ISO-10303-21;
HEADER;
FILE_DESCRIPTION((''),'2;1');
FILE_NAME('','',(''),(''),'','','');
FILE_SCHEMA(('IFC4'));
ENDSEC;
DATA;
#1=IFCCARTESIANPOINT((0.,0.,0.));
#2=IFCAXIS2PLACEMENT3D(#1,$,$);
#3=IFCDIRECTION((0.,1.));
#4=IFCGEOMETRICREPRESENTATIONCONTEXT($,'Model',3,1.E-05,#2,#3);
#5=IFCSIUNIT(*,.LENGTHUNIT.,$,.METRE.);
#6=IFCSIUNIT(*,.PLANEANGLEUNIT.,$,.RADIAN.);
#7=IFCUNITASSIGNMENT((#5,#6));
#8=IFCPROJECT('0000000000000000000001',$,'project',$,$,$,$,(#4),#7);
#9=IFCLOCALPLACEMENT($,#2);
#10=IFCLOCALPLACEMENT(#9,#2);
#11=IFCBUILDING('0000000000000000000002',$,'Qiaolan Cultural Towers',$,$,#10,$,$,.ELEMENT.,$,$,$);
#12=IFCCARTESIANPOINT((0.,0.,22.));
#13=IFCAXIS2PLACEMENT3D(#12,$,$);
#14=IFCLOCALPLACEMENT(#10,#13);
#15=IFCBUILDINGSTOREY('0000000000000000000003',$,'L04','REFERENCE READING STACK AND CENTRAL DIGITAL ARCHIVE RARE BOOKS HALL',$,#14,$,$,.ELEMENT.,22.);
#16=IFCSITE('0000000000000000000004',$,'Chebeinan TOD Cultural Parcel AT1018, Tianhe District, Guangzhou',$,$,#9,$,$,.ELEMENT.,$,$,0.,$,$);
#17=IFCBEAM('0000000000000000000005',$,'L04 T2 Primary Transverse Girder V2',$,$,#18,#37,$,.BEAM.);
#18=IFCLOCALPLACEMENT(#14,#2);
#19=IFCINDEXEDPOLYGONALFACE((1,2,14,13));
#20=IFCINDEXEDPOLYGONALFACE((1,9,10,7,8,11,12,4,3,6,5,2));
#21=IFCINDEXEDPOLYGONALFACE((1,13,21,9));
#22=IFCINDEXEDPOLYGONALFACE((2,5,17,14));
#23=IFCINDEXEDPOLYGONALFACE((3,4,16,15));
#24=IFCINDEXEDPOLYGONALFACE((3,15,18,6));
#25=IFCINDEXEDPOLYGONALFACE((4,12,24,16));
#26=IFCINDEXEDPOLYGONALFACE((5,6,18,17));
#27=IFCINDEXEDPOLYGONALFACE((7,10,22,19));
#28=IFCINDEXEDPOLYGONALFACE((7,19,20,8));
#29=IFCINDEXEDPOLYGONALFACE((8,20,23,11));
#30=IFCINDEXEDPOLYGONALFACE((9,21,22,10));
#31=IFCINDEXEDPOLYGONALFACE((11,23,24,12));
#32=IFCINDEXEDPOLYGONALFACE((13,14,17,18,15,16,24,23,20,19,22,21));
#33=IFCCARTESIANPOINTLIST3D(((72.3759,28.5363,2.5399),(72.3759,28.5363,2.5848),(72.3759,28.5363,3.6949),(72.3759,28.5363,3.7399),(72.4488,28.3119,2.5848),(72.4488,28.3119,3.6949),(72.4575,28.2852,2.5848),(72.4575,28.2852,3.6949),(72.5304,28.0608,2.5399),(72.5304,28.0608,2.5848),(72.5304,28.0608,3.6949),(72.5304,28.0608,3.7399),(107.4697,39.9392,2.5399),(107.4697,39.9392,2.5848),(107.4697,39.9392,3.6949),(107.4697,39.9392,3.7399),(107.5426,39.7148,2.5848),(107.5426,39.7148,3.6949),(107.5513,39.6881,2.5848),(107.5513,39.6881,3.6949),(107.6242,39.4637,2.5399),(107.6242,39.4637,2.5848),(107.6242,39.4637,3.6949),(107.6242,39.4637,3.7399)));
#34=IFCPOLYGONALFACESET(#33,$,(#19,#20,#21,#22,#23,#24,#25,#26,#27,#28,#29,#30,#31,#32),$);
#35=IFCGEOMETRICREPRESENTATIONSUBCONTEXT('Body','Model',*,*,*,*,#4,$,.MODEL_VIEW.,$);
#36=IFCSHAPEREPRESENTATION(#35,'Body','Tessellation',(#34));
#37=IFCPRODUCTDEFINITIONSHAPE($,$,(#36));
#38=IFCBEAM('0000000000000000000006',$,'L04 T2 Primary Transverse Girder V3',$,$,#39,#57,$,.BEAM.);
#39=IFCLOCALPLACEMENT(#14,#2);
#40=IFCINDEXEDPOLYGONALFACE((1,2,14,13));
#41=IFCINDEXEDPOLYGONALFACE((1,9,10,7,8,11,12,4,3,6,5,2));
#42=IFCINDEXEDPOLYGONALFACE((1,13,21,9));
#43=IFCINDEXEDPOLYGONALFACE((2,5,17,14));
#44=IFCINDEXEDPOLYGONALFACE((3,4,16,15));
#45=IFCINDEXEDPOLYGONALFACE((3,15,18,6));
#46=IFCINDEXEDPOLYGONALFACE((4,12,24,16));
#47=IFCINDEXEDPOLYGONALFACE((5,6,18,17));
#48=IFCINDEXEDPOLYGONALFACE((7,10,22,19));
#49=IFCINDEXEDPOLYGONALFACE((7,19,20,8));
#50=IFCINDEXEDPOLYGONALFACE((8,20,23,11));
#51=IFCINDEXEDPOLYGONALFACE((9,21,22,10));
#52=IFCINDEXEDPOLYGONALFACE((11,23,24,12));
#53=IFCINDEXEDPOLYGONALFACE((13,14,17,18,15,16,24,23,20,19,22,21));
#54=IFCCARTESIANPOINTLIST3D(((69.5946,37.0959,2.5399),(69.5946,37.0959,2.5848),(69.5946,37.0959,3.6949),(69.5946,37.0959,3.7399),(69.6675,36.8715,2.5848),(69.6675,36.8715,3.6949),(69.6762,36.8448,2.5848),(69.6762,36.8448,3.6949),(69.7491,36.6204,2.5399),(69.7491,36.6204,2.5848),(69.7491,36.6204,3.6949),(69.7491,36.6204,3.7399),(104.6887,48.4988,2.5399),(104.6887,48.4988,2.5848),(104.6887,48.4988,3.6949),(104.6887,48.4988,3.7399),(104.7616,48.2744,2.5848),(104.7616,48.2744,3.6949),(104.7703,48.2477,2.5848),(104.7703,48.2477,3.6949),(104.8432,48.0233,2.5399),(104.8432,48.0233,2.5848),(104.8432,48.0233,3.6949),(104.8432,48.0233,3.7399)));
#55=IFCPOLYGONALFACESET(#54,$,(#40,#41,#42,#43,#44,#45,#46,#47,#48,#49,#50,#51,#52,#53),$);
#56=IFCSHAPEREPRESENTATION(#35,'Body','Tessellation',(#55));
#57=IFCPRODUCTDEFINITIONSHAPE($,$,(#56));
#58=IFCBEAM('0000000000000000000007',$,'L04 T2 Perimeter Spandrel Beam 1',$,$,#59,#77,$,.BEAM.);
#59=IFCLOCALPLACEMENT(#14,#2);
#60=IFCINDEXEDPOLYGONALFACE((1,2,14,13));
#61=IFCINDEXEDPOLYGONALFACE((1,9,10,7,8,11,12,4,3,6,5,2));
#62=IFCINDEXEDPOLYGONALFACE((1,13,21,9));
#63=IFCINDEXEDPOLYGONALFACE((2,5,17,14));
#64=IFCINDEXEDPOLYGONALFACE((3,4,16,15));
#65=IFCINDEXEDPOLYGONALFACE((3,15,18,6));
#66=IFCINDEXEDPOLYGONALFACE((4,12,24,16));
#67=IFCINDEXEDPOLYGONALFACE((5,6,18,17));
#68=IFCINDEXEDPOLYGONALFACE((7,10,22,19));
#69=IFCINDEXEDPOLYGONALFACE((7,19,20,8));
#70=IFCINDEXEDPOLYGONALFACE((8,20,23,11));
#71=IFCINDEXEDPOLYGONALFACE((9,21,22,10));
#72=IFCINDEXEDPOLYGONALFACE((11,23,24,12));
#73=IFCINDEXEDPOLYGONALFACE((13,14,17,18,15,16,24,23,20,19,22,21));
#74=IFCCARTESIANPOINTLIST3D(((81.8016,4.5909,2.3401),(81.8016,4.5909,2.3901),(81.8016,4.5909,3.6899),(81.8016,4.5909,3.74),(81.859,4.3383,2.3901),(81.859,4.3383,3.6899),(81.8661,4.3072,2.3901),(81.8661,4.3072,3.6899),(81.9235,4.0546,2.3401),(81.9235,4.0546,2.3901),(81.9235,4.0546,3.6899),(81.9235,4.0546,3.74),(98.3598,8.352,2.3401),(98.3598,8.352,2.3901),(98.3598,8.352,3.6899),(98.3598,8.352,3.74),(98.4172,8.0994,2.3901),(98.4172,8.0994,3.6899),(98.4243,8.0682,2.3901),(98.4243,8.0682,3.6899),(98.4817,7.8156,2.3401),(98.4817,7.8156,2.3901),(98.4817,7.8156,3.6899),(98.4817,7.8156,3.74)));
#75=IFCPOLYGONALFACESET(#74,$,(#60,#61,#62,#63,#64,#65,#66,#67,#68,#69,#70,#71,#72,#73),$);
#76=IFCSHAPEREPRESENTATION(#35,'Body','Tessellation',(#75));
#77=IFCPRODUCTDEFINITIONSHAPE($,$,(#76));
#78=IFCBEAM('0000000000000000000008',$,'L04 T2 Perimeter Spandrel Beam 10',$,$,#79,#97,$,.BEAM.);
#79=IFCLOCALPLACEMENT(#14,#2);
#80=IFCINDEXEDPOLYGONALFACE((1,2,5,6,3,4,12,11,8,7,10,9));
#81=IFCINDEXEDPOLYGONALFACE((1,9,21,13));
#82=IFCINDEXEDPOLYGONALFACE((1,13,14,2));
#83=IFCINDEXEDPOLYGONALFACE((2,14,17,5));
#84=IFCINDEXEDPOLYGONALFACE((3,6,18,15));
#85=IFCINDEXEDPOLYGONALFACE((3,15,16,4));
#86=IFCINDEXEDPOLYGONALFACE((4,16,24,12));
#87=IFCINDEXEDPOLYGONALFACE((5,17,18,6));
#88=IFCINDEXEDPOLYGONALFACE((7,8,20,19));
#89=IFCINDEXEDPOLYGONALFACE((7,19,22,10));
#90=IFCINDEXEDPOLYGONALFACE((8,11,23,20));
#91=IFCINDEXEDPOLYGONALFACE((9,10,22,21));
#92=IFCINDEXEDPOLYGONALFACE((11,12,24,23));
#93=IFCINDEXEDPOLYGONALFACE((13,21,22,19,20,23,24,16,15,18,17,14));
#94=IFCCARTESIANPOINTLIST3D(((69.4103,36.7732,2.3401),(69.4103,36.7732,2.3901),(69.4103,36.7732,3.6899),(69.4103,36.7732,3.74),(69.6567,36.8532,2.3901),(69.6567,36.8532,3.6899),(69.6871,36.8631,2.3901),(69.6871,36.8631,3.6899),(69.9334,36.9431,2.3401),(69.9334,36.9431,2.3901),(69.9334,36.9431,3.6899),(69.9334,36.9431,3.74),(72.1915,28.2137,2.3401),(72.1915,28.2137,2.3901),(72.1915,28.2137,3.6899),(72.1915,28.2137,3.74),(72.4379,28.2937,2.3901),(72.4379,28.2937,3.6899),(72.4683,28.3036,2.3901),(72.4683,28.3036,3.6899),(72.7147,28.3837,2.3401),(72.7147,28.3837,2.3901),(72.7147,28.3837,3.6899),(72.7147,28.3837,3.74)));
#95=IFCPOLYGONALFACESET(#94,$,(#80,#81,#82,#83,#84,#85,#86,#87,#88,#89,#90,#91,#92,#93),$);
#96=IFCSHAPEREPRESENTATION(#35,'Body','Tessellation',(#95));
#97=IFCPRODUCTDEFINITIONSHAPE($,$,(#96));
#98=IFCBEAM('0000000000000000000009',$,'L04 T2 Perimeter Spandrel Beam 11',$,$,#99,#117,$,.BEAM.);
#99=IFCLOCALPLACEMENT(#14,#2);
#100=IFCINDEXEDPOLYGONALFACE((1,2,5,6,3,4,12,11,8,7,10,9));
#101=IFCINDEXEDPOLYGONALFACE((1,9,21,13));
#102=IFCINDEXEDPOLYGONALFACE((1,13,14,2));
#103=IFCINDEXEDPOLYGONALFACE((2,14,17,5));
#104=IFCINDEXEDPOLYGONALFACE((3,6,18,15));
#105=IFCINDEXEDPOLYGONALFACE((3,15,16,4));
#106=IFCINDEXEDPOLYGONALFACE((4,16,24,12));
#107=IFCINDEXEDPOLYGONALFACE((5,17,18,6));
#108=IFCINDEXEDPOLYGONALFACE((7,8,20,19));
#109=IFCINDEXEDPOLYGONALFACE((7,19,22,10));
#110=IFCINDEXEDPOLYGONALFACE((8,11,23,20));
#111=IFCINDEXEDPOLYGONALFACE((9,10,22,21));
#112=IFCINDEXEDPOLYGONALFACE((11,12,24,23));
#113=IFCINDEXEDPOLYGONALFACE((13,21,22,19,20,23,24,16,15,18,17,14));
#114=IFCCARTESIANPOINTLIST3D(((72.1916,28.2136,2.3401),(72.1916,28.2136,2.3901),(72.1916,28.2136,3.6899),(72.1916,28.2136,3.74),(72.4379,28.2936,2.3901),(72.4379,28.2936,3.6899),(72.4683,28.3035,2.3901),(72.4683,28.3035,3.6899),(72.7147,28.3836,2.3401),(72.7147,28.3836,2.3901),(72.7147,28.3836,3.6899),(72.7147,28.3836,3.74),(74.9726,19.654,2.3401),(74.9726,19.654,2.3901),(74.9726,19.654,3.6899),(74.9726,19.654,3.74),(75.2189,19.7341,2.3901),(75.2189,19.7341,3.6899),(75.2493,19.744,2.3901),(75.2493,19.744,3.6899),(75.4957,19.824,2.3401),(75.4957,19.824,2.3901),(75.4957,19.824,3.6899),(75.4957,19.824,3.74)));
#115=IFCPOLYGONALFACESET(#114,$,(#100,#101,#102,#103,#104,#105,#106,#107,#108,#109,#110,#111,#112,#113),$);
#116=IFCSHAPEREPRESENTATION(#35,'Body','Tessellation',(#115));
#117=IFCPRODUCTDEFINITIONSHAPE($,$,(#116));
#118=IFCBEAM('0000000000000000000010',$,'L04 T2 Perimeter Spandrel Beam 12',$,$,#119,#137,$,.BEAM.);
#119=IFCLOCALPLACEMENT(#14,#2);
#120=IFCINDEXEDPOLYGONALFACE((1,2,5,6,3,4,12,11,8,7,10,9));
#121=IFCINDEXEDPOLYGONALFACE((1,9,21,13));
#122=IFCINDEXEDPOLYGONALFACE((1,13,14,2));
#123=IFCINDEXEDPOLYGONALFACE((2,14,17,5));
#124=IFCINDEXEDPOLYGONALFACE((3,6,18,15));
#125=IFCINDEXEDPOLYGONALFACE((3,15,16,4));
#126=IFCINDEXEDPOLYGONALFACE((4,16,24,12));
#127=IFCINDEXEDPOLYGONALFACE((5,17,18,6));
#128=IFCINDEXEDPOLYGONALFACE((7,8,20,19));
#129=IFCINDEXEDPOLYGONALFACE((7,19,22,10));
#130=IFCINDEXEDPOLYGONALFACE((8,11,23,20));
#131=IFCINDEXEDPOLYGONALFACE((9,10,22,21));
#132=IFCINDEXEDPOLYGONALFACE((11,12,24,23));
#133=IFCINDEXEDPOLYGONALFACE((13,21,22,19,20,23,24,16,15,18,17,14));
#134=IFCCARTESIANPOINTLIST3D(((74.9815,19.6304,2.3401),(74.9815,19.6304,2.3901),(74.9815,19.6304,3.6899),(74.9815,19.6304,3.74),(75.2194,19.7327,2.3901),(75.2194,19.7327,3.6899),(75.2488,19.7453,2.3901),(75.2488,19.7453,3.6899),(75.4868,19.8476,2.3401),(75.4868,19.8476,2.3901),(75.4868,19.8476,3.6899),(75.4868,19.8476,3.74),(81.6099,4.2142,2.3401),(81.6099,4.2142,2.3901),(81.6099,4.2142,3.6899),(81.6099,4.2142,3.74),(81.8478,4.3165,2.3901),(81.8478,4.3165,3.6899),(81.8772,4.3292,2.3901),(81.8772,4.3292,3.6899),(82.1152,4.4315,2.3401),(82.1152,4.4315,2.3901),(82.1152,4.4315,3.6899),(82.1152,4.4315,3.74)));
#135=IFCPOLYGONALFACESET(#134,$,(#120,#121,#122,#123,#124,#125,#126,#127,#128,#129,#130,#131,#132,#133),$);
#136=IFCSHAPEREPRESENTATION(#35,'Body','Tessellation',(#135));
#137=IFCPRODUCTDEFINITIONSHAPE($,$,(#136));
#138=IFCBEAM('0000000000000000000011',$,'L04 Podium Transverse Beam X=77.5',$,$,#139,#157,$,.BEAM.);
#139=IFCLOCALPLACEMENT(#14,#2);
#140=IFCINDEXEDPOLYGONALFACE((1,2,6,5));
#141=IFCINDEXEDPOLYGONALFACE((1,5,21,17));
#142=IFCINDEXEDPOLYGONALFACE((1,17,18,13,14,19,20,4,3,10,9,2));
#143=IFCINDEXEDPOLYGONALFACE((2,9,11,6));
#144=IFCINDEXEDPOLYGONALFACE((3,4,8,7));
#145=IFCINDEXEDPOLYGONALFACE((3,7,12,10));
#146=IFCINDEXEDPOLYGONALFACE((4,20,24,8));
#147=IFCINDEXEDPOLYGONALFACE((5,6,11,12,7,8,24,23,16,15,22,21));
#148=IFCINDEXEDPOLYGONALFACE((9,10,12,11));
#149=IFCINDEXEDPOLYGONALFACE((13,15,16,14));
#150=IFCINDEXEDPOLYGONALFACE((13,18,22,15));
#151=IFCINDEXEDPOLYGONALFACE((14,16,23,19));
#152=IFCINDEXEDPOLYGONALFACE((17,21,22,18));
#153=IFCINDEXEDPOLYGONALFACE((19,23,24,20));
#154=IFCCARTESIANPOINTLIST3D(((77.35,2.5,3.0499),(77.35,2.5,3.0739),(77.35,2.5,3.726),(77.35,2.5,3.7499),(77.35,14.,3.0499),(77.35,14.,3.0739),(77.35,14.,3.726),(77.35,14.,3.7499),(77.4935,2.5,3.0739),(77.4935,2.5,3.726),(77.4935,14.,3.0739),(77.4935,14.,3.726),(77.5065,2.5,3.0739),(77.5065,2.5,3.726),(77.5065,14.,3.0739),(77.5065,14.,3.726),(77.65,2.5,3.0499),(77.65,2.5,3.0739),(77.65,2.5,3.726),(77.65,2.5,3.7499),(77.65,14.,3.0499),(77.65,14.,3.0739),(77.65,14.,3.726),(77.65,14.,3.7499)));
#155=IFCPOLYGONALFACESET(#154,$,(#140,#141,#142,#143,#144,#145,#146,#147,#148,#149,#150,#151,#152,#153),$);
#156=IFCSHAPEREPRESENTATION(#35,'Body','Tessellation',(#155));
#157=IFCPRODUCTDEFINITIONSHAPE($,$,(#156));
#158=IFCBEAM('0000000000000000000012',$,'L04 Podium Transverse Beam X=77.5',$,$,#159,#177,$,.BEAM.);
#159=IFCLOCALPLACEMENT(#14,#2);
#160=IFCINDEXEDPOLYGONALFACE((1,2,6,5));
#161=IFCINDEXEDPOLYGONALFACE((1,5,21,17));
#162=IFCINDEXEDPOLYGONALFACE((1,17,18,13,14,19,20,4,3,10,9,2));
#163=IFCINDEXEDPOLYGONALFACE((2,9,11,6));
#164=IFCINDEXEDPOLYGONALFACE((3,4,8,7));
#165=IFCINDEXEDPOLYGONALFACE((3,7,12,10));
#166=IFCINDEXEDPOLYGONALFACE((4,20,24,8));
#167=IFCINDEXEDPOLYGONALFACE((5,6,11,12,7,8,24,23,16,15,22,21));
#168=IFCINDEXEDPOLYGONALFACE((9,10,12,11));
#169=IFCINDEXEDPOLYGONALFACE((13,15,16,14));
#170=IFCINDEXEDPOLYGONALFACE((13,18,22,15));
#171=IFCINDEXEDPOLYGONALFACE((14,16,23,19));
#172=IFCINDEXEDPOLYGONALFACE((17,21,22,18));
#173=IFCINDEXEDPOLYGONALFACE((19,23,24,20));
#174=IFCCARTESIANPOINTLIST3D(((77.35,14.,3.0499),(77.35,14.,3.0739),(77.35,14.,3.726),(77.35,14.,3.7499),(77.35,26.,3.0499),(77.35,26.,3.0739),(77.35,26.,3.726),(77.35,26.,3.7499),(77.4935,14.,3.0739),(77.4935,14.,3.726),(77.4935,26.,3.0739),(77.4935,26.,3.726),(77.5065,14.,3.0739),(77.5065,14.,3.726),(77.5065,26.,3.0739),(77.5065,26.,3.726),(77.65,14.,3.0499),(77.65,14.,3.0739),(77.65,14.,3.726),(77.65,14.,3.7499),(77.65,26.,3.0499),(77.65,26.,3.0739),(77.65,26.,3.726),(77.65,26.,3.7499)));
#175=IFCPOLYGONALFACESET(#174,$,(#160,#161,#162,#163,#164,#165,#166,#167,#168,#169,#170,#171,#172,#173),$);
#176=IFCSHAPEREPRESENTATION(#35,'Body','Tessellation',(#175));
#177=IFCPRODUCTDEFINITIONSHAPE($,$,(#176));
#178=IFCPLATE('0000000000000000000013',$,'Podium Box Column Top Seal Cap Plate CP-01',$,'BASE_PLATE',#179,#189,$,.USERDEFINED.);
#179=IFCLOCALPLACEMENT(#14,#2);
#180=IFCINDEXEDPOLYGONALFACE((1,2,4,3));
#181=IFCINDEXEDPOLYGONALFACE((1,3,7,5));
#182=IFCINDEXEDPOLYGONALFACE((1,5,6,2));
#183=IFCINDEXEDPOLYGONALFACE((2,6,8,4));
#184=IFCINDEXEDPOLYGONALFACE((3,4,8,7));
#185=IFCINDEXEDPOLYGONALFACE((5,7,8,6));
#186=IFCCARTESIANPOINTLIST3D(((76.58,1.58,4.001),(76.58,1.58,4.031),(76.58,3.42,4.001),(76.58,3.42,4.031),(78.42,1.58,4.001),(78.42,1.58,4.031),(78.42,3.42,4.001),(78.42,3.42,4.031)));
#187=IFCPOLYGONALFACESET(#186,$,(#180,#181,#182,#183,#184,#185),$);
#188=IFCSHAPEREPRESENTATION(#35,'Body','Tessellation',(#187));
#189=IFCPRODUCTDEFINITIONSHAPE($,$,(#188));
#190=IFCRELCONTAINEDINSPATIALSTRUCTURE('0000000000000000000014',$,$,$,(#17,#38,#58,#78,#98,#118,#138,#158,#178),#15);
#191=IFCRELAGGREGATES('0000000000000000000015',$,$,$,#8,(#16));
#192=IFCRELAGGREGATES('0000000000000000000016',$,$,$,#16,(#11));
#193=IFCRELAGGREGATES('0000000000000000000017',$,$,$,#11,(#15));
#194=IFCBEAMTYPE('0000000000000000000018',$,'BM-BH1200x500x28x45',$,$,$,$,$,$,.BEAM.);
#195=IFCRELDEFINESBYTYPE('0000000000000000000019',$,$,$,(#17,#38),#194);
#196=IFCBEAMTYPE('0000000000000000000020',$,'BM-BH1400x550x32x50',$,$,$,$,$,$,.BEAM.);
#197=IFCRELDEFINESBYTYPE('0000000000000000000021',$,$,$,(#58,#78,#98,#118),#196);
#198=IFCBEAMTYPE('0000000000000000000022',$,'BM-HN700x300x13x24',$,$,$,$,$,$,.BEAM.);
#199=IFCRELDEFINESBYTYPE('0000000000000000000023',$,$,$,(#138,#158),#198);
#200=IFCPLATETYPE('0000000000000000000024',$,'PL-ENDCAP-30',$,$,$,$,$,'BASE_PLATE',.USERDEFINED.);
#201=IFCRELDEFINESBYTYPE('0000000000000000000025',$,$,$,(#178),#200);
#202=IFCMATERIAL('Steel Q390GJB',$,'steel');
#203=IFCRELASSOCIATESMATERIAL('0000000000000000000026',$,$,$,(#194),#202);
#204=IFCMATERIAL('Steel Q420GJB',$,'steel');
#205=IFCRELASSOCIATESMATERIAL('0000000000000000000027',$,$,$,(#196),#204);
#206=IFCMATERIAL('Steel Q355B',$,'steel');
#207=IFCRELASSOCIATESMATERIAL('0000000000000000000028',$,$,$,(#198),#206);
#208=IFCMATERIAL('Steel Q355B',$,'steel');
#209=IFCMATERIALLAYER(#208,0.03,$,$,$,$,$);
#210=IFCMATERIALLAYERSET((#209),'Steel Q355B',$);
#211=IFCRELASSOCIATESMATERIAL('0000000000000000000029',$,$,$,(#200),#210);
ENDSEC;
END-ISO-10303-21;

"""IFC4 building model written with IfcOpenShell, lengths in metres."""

from ifc_helpers import new_model, si_unit, direction, frame, origin, origin_2d, place, context, subcontext, project, spatial, rectangle, i_section, extrude, material, layer, layer_set, material_profile, profile_set, type_object, element, save


model = new_model("IFC4")

# Units and contexts
model_context = context("Model", 3, precision=1e-05, world=origin(), true_north=direction((0.0, 1.0)))
body_context = subcontext(model_context, "Body", "Model", "MODEL_VIEW")
ifc_project = project(units=[si_unit("LENGTHUNIT", "METRE"), si_unit("PLANEANGLEUNIT", "RADIAN")], contexts=[model_context])

# Site, building, storey
site_placement = place(None, origin())
site = spatial("IfcSite", under=ifc_project, at=site_placement, Name="Chebeinan TOD Cultural Parcel AT1018, Tianhe District, Guangzhou", CompositionType="ELEMENT", RefElevation=0.0)
building_placement = place(site_placement, origin())
building = spatial("IfcBuilding", under=site, at=building_placement, Name="Qiaolan Cultural Towers", CompositionType="ELEMENT")
storey_placement = place(building_placement, frame((0.0, 0.0, 22.0)))
storey = spatial("IfcBuildingStorey", under=building, at=storey_placement, Name="L04", Description="REFERENCE READING STACK AND CENTRAL DIGITAL ARCHIVE RARE BOOKS HALL", CompositionType="ELEMENT", Elevation=22.0)

# Beams
ifc_material_1 = material(Name="Steel Q390GJB", Category="steel")
ifc_material_profile_1 = material_profile(ifc_material_1, i_section(OverallWidth=0.5, OverallDepth=1.2, WebThickness=0.0281, FlangeThickness=0.0449, at=origin_2d()), Name="BH1200x500x28x45")
ifc_profile_set_1 = profile_set([ifc_material_profile_1], Name="Steel Q390GJB")
beam_type_1 = type_object("IfcBeamType", Name="BM-BH1200x500x28x45", PredefinedType="BEAM", material=ifc_profile_set_1)
beam_1_placement = place(storey_placement, frame((72.4531, 28.2986, 3.1399), z_axis=(0.951055, 0.309021, 0.0), x_axis=(-0.309021, 0.951055, 0.0)))
element("IfcBeam", 1, at=beam_1_placement, inside=storey, type_object=beam_type_1, Name="L04 T2 Primary Transverse Girder V2", PredefinedType="BEAM", context=body_context, shape_type="SweptSolid", body=[
    extrude(i_section(OverallWidth=0.5, OverallDepth=1.2, WebThickness=0.0281, FlangeThickness=0.0449, at=origin_2d()), origin(), (0.0, 0.0, 1.0), 36.8999),
])
beam_2_placement = place(storey_placement, frame((69.6719, 36.8582, 3.1399), z_axis=(0.951056, 0.309019, 0.0), x_axis=(-0.309019, 0.951056, 0.0)))
element("IfcBeam", 2, at=beam_2_placement, inside=storey, type_object=beam_type_1, Name="L04 T2 Primary Transverse Girder V3", PredefinedType="BEAM", context=body_context, shape_type="SweptSolid", body=[
    extrude(i_section(OverallWidth=0.5, OverallDepth=1.2, WebThickness=0.0281, FlangeThickness=0.0449, at=origin_2d()), origin(), (0.0, 0.0, 1.0), 36.9001),
])
ifc_material_2 = material(Name="Steel Q420GJB", Category="steel")
ifc_material_profile_2 = material_profile(ifc_material_2, i_section(OverallWidth=0.55, OverallDepth=1.3999, WebThickness=0.032, FlangeThickness=0.05, at=origin_2d()), Name="BH1400x550x32x50")
ifc_profile_set_2 = profile_set([ifc_material_profile_2], Name="Steel Q420GJB")
beam_type_2 = type_object("IfcBeamType", Name="BM-BH1400x550x32x50", PredefinedType="BEAM", material=ifc_profile_set_2)
beam_3_placement = place(storey_placement, frame((81.8625, 4.3228, 3.04), z_axis=(0.975161, 0.221497, 0.0), x_axis=(-0.221497, 0.975161, 0.0)))
element("IfcBeam", 3, at=beam_3_placement, inside=storey, type_object=beam_type_2, Name="L04 T2 Perimeter Spandrel Beam 1", PredefinedType="BEAM", context=body_context, shape_type="SweptSolid", body=[
    extrude(i_section(OverallWidth=0.55, OverallDepth=1.3999, WebThickness=0.032, FlangeThickness=0.05, at=origin_2d()), origin(), (0.0, 0.0, 1.0), 16.98),
])
for number, where, z_axis, x_axis, name in (
    (4, (69.6719, 36.8582, 3.04), (0.309025, -0.951054, 0.0), (0.951054, 0.309025, 0.0), "L04 T2 Perimeter Spandrel Beam 10"),
    (5, (72.4531, 28.2986, 3.04), (0.309, -0.951062, 0.0), (0.951062, 0.309, 0.0), "L04 T2 Perimeter Spandrel Beam 11"),
):
    element("IfcBeam", number, at=place(storey_placement, frame(where, z_axis=z_axis, x_axis=x_axis)), inside=storey, type_object=beam_type_2, Name=name, PredefinedType="BEAM", context=body_context, shape_type="SweptSolid", body=[
        extrude(i_section(OverallWidth=0.55, OverallDepth=1.3999, WebThickness=0.032, FlangeThickness=0.05, at=origin_2d()), origin(), (0.0, 0.0, 1.0), 9.0),
    ])
beam_4_placement = place(storey_placement, frame((75.2341, 19.739, 3.04), z_axis=(0.394999, -0.918682, 0.0), x_axis=(0.918682, 0.394999, 0.0)))
element("IfcBeam", 6, at=beam_4_placement, inside=storey, type_object=beam_type_2, Name="L04 T2 Perimeter Spandrel Beam 12", PredefinedType="BEAM", context=body_context, shape_type="SweptSolid", body=[
    extrude(i_section(OverallWidth=0.55, OverallDepth=1.3999, WebThickness=0.032, FlangeThickness=0.05, at=origin_2d()), origin(), (0.0, 0.0, 1.0), 16.7808),
])
ifc_material_3 = material(Name="Steel Q355B", Category="steel")
ifc_material_profile_3 = material_profile(ifc_material_3, i_section(OverallWidth=0.3, OverallDepth=0.7, WebThickness=0.0129, FlangeThickness=0.0239, at=origin_2d()), Name="HN700x300x13x24")
ifc_profile_set_3 = profile_set([ifc_material_profile_3], Name="Steel Q355B")
beam_type_3 = type_object("IfcBeamType", Name="BM-HN700x300x13x24", PredefinedType="BEAM", material=ifc_profile_set_3)
beam_5_placement = place(storey_placement, frame((77.5, 2.5, 3.3999), z_axis=(0.0, 1.0, 0.0), x_axis=(-1.0, 0.0, 0.0)))
element("IfcBeam", 7, at=beam_5_placement, inside=storey, type_object=beam_type_3, Name="L04 Podium Transverse Beam X=77.5", PredefinedType="BEAM", context=body_context, shape_type="SweptSolid", body=[
    extrude(i_section(OverallWidth=0.3, OverallDepth=0.7, WebThickness=0.0129, FlangeThickness=0.0239, at=origin_2d()), origin(), (0.0, 0.0, 1.0), 11.5),
])
beam_6_placement = place(storey_placement, frame((77.5, 14.0, 3.3999), z_axis=(0.0, 1.0, 0.0), x_axis=(-1.0, 0.0, 0.0)))
element("IfcBeam", 8, at=beam_6_placement, inside=storey, type_object=beam_type_3, Name="L04 Podium Transverse Beam X=77.5", PredefinedType="BEAM", context=body_context, shape_type="SweptSolid", body=[
    extrude(i_section(OverallWidth=0.3, OverallDepth=0.7, WebThickness=0.0129, FlangeThickness=0.0239, at=origin_2d()), origin(), (0.0, 0.0, 1.0), 12.0),
])

# Plate
ifc_material_4 = material(Name="Steel Q355B", Category="steel")
ifc_layer_1 = layer(ifc_material_4, 0.03)
ifc_layer_set_1 = layer_set([ifc_layer_1], Name="Steel Q355B")
plate_type = type_object("IfcPlateType", Name="PL-ENDCAP-30", ElementType="BASE_PLATE", PredefinedType="USERDEFINED", material=ifc_layer_set_1)
for number, where, z_axis, x_axis, name in (
    (9, (77.5, 2.5, 4.001), (0.0, 0.0, 1.0), (1.0, 0.0, 0.0), "Podium Box Column Top Seal Cap Plate CP-01"),
):
    element("IfcPlate", number, at=place(storey_placement, frame(where, z_axis=z_axis, x_axis=x_axis)), inside=storey, type_object=plate_type, Name=name, ObjectType="BASE_PLATE", PredefinedType="USERDEFINED", context=body_context, shape_type="SweptSolid", body=[
        extrude(rectangle(XDim=1.8401, YDim=1.8401, at=origin_2d()), origin(), (0.0, 0.0, 1.0), 0.03),
    ])

save(model, "model.ifc")
